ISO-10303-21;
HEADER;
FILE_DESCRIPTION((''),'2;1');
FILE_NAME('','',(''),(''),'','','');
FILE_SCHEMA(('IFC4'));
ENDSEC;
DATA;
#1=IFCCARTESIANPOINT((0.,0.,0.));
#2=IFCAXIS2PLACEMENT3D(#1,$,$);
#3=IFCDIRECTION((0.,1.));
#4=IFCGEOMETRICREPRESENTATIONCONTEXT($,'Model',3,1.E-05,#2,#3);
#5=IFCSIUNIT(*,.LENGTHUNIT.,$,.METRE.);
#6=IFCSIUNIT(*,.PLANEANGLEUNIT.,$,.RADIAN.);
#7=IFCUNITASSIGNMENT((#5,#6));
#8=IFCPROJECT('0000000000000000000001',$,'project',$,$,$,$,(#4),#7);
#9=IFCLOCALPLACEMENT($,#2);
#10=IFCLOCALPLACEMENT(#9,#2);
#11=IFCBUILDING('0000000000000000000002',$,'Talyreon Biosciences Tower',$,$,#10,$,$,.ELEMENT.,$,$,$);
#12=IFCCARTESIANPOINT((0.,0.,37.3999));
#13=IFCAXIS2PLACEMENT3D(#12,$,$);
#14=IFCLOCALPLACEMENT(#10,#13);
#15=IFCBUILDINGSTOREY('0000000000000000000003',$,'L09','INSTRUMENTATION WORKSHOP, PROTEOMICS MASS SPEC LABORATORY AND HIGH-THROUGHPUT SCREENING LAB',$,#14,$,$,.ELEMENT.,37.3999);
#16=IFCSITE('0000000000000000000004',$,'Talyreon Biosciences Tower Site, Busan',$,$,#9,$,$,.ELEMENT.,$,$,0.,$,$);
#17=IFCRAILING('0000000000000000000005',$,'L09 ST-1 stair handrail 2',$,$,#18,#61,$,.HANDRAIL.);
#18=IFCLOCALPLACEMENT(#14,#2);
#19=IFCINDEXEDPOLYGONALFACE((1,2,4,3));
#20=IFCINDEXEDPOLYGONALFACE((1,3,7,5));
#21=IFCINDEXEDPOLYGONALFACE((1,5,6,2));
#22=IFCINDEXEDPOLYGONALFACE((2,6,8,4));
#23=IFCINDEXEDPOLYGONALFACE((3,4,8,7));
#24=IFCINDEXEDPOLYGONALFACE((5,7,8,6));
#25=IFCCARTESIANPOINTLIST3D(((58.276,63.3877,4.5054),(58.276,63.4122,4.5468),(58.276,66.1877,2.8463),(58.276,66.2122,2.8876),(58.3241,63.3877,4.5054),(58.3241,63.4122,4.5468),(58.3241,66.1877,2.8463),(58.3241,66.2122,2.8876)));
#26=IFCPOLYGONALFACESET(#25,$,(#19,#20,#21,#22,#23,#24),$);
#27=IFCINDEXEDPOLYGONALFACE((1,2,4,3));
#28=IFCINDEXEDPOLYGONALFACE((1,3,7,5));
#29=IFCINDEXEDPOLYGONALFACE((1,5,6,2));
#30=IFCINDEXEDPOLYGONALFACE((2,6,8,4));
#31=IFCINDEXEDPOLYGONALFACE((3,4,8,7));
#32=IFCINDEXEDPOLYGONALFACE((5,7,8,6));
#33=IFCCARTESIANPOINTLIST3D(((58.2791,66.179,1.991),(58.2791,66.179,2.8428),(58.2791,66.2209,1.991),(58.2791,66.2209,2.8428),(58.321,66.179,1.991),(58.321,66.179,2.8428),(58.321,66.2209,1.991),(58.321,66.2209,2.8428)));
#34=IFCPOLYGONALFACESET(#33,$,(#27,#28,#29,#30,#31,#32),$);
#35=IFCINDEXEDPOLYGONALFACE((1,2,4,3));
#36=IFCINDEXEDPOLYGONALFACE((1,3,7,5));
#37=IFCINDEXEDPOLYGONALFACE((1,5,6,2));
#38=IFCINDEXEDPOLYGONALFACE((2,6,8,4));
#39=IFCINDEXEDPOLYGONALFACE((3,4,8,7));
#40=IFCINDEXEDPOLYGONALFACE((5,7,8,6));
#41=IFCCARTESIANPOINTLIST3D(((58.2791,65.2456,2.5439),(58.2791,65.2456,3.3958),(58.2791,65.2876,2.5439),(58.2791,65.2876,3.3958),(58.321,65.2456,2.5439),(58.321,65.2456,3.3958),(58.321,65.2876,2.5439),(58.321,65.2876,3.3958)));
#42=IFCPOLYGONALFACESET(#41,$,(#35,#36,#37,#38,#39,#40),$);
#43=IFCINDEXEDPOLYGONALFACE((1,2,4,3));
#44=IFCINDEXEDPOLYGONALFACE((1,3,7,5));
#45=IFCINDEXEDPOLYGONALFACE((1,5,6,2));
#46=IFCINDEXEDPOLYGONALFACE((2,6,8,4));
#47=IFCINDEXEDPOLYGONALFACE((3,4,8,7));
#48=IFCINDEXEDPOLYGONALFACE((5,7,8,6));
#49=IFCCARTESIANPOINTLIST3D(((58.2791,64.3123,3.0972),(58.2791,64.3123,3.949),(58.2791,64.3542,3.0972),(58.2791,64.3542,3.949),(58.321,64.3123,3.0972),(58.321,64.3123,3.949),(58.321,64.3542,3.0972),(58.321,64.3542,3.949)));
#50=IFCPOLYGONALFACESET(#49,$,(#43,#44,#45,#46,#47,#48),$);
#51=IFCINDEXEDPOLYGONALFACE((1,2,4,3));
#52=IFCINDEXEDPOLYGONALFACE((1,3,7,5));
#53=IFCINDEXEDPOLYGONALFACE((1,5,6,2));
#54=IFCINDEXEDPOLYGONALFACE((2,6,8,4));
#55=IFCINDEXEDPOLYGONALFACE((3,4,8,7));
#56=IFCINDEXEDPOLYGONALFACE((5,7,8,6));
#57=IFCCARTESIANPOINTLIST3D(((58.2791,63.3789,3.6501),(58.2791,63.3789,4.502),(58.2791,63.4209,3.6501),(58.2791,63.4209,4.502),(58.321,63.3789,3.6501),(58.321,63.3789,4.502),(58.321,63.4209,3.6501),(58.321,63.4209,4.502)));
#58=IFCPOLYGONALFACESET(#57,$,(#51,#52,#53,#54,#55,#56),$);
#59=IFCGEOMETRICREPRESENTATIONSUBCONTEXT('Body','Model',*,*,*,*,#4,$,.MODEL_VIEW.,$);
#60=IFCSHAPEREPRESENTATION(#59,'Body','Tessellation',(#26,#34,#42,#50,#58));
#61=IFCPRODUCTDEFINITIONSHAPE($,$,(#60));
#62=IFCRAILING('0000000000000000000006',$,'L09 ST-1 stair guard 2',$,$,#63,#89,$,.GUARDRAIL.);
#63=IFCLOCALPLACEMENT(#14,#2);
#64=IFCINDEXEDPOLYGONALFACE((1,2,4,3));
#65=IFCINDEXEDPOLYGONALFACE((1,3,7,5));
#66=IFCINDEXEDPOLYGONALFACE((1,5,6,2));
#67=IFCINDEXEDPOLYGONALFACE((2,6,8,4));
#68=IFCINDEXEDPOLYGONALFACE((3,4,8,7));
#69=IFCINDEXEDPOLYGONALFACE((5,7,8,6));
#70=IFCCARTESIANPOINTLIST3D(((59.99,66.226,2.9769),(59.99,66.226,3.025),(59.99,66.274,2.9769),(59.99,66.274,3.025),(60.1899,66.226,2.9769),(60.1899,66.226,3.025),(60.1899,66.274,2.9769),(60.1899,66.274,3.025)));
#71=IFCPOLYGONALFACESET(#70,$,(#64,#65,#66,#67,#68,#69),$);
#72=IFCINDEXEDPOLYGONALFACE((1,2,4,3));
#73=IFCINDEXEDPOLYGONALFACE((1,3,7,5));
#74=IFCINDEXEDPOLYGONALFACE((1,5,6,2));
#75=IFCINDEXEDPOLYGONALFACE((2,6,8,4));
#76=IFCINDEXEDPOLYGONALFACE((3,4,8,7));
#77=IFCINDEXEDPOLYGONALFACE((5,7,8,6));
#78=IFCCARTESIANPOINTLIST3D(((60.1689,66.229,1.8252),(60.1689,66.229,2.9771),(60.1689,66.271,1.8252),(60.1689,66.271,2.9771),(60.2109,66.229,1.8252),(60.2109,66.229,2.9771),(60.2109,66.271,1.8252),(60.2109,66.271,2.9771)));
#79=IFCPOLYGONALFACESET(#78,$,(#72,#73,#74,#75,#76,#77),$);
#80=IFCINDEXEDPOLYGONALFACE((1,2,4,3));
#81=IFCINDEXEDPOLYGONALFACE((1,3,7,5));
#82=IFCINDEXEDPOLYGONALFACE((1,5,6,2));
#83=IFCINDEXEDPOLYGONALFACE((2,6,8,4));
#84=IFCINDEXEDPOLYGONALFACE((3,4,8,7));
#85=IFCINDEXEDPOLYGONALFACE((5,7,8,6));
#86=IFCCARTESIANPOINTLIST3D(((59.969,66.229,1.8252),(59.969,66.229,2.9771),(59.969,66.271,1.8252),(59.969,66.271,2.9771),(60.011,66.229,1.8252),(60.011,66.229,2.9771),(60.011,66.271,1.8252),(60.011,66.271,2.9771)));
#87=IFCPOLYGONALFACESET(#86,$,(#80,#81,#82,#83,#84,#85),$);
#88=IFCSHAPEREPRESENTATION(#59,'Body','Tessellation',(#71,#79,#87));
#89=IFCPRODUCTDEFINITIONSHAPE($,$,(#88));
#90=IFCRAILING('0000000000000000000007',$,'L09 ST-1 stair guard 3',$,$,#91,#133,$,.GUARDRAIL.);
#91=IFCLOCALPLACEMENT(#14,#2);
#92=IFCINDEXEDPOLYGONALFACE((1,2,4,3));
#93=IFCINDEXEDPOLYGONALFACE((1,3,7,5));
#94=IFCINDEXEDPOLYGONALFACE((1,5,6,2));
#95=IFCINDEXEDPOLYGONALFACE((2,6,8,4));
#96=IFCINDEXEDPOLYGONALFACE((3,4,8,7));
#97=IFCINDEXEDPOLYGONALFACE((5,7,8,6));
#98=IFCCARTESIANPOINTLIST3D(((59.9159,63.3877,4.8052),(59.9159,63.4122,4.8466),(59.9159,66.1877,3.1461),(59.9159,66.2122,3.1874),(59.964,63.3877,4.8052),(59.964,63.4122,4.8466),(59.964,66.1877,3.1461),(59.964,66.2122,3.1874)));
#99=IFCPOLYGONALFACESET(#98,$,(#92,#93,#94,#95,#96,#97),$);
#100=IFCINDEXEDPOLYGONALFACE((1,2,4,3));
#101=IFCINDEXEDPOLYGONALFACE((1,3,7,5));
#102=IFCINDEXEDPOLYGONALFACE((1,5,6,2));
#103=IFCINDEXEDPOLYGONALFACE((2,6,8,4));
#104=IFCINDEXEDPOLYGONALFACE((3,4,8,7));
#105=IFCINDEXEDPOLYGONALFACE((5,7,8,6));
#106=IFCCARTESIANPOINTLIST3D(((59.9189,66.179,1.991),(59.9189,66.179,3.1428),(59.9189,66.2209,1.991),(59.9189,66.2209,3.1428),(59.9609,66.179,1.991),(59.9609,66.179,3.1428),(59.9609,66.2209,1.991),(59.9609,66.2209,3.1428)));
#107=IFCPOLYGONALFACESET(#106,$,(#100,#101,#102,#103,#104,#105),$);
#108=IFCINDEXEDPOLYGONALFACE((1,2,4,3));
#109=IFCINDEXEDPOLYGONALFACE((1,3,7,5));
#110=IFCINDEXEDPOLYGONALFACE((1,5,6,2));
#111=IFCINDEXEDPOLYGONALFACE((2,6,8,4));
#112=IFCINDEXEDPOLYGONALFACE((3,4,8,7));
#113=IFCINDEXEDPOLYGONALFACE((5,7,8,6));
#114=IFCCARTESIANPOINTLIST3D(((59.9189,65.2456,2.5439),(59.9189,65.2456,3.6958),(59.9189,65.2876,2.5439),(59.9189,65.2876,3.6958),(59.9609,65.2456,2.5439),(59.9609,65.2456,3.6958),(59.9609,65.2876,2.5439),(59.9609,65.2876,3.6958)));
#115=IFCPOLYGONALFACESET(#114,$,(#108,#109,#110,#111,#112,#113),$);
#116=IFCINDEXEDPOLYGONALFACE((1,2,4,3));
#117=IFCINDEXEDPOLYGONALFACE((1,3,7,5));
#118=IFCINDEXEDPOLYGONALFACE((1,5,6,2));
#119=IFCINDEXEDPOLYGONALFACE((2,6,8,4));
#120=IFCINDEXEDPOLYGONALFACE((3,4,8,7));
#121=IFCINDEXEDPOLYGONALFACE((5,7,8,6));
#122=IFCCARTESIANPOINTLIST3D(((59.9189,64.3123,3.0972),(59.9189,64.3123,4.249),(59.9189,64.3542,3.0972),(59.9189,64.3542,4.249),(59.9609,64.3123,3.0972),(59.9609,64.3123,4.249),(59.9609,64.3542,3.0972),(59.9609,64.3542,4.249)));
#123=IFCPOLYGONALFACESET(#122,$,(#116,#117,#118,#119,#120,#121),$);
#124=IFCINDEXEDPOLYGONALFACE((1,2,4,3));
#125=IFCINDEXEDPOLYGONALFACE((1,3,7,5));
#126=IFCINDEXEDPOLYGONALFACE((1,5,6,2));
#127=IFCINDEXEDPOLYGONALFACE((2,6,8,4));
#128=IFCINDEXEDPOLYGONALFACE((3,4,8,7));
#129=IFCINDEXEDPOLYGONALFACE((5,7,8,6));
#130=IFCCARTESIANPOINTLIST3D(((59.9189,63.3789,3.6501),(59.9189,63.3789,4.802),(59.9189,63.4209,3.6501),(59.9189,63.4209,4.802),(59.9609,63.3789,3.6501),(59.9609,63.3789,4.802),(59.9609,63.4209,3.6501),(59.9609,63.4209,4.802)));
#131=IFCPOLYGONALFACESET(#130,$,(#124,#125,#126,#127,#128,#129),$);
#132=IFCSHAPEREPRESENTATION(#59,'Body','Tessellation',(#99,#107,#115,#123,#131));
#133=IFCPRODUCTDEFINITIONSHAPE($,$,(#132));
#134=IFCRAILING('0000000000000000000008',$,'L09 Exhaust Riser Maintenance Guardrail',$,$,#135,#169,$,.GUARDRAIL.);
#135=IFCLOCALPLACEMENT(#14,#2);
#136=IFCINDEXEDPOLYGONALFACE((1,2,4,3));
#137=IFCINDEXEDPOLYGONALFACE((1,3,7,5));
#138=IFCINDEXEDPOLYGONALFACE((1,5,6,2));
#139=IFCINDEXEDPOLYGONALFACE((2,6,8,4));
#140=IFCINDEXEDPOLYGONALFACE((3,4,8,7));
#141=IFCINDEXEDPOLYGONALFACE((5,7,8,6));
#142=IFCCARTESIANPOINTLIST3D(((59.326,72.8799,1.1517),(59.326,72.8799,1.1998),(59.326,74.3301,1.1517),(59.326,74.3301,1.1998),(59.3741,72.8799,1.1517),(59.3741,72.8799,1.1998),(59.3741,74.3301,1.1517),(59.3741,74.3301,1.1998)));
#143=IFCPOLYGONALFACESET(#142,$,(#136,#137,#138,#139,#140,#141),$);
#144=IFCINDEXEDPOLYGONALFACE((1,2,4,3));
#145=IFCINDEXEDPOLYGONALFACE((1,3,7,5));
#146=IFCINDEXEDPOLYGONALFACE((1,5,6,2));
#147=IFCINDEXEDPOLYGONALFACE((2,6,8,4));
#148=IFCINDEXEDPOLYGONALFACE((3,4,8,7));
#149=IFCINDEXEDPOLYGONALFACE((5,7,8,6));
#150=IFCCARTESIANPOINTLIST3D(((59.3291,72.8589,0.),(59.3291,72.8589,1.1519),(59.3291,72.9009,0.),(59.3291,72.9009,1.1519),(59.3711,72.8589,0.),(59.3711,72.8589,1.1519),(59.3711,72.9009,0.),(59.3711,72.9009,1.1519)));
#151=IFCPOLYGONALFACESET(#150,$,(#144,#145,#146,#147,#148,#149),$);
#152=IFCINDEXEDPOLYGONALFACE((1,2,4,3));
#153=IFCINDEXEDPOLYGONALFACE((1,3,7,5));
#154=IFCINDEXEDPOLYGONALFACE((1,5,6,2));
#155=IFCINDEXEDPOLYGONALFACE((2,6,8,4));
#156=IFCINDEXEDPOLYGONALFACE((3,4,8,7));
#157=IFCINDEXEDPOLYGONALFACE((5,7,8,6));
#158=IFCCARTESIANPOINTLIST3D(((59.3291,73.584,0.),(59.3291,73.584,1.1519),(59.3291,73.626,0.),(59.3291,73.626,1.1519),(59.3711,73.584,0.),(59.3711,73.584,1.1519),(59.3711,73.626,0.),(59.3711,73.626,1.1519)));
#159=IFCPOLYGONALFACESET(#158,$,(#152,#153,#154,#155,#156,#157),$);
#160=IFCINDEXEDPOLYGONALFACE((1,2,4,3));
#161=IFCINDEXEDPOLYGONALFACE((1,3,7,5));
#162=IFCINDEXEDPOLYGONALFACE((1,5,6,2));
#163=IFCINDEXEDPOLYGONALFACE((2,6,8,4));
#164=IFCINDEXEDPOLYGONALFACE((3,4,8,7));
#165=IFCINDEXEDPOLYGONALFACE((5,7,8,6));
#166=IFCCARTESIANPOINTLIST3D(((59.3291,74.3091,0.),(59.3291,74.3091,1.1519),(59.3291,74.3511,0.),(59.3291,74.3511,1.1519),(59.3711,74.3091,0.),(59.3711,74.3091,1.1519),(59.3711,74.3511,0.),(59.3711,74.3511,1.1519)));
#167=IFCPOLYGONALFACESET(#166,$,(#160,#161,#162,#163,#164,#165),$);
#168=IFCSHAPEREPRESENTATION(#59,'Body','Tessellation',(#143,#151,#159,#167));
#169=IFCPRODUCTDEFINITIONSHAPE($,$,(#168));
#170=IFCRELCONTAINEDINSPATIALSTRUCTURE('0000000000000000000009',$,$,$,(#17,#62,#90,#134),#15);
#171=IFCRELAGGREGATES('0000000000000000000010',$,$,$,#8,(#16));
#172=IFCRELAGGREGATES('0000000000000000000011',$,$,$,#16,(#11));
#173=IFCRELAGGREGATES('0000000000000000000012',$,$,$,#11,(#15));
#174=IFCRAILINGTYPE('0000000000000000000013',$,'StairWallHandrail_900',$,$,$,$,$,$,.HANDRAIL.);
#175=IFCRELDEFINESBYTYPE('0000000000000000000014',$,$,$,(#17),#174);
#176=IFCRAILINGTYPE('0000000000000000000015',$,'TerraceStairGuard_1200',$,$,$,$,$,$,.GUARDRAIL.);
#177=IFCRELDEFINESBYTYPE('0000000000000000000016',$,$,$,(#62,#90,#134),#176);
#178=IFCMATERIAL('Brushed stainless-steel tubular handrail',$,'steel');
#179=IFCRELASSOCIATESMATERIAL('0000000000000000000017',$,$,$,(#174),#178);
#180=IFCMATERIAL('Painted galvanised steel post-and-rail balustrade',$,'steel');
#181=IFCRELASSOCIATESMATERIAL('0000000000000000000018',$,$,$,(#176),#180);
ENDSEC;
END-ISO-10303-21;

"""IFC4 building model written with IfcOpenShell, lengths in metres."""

from ifc_helpers import new_model, si_unit, direction, frame, origin, origin_2d, place, context, subcontext, project, spatial, rectangle, extrude, material, type_object, element, save


model = new_model("IFC4")

# Units and contexts
model_context = context("Model", 3, precision=1e-05, world=origin(), true_north=direction((0.0, 1.0)))
body_context = subcontext(model_context, "Body", "Model", "MODEL_VIEW")
ifc_project = project(units=[si_unit("LENGTHUNIT", "METRE"), si_unit("PLANEANGLEUNIT", "RADIAN")], contexts=[model_context])

# Site, building, storey
site_placement = place(None, origin())
site = spatial("IfcSite", under=ifc_project, at=site_placement, Name="Talyreon Biosciences Tower Site, Busan", CompositionType="ELEMENT", RefElevation=0.0)
building_placement = place(site_placement, origin())
building = spatial("IfcBuilding", under=site, at=building_placement, Name="Talyreon Biosciences Tower", CompositionType="ELEMENT")
storey_placement = place(building_placement, frame((0.0, 0.0, 37.3999)))
storey = spatial("IfcBuildingStorey", under=building, at=storey_placement, Name="L09", Description="INSTRUMENTATION WORKSHOP, PROTEOMICS MASS SPEC LABORATORY AND HIGH-THROUGHPUT SCREENING LAB", CompositionType="ELEMENT", Elevation=37.3999)

# Railings
ifc_material_1 = material(Name="Brushed stainless-steel tubular handrail", Category="steel")
railing_type_1 = type_object("IfcRailingType", Name="StairWallHandrail_900", PredefinedType="HANDRAIL", material=ifc_material_1)
railing_1_placement = place(storey_placement, frame((58.3, 66.2, 1.991)))
element("IfcRailing", 1, at=railing_1_placement, inside=storey, type_object=railing_type_1, Name="L09 ST-1 stair handrail 2", PredefinedType="HANDRAIL", context=body_context, shape_type="SweptSolid", body=[
    extrude(rectangle(XDim=0.0481, YDim=0.0481, at=origin_2d()), frame((0.0, 0.0, 0.876), z_axis=(0.0, -0.860306, 0.509778), x_axis=(1.0, 0.0, 0.0)), (0.0, 0.0, 1.0), 3.2546),
    extrude(rectangle(XDim=0.042, YDim=0.042, at=origin_2d()), origin(), (0.0, 0.0, 1.0), 0.8518),
    extrude(rectangle(XDim=0.042, YDim=0.042, at=origin_2d()), frame((0.0, -0.9333, 0.553)), (0.0, 0.0, 1.0), 0.8518),
    extrude(rectangle(XDim=0.042, YDim=0.042, at=origin_2d()), frame((0.0, -1.8667, 1.1062)), (0.0, 0.0, 1.0), 0.8518),
    extrude(rectangle(XDim=0.042, YDim=0.042, at=origin_2d()), frame((0.0, -2.8, 1.6592)), (0.0, 0.0, 1.0), 0.8518),
])
ifc_material_2 = material(Name="Painted galvanised steel post-and-rail balustrade", Category="steel")
railing_type_2 = type_object("IfcRailingType", Name="TerraceStairGuard_1200", PredefinedType="GUARDRAIL", material=ifc_material_2)
railing_2_placement = place(storey_placement, frame((60.1899, 66.25, 1.8252)))
element("IfcRailing", 2, at=railing_2_placement, inside=storey, type_object=railing_type_2, Name="L09 ST-1 stair guard 2", PredefinedType="GUARDRAIL", context=body_context, shape_type="SweptSolid", body=[
    extrude(rectangle(XDim=0.0481, YDim=0.0481, at=origin_2d()), frame((0.0, 0.0, 1.1758), z_axis=(-1.0, 0.0, 0.0), x_axis=(0.0, -1.0, 0.0)), (0.0, 0.0, 1.0), 0.2),
    extrude(rectangle(XDim=0.042, YDim=0.042, at=origin_2d()), origin(), (0.0, 0.0, 1.0), 1.1519),
    extrude(rectangle(XDim=0.042, YDim=0.042, at=origin_2d()), frame((-0.2, 0.0, 0.0)), (0.0, 0.0, 1.0), 1.1519),
])
railing_3_placement = place(storey_placement, frame((59.9399, 66.2, 1.991)))
element("IfcRailing", 3, at=railing_3_placement, inside=storey, type_object=railing_type_2, Name="L09 ST-1 stair guard 3", PredefinedType="GUARDRAIL", context=body_context, shape_type="SweptSolid", body=[
    extrude(rectangle(XDim=0.0481, YDim=0.0481, at=origin_2d()), frame((0.0, 0.0, 1.1758), z_axis=(0.0, -0.860306, 0.509778), x_axis=(1.0, 0.0, 0.0)), (0.0, 0.0, 1.0), 3.2546),
    extrude(rectangle(XDim=0.042, YDim=0.042, at=origin_2d()), origin(), (0.0, 0.0, 1.0), 1.1519),
    extrude(rectangle(XDim=0.042, YDim=0.042, at=origin_2d()), frame((0.0, -0.9333, 0.553)), (0.0, 0.0, 1.0), 1.1519),
    extrude(rectangle(XDim=0.042, YDim=0.042, at=origin_2d()), frame((0.0, -1.8667, 1.1062)), (0.0, 0.0, 1.0), 1.1519),
    extrude(rectangle(XDim=0.042, YDim=0.042, at=origin_2d()), frame((0.0, -2.8, 1.6592)), (0.0, 0.0, 1.0), 1.1519),
])
railing_4_placement = place(storey_placement, frame((59.3501, 72.8799, 0.0)))
element("IfcRailing", 4, at=railing_4_placement, inside=storey, type_object=railing_type_2, Name="L09 Exhaust Riser Maintenance Guardrail", PredefinedType="GUARDRAIL", context=body_context, shape_type="SweptSolid", body=[
    extrude(rectangle(XDim=0.0481, YDim=0.0481, at=origin_2d()), frame((0.0, 0.0, 1.1758), z_axis=(0.0, 1.0, 0.0), x_axis=(-1.0, 0.0, 0.0)), (0.0, 0.0, 1.0), 1.4502),
    extrude(rectangle(XDim=0.042, YDim=0.042, at=origin_2d()), origin(), (0.0, 0.0, 1.0), 1.1519),
    extrude(rectangle(XDim=0.042, YDim=0.042, at=origin_2d()), frame((0.0, 0.7251, 0.0)), (0.0, 0.0, 1.0), 1.1519),
    extrude(rectangle(XDim=0.042, YDim=0.042, at=origin_2d()), frame((0.0, 1.4502, 0.0)), (0.0, 0.0, 1.0), 1.1519),
])

save(model, "model.ifc")
